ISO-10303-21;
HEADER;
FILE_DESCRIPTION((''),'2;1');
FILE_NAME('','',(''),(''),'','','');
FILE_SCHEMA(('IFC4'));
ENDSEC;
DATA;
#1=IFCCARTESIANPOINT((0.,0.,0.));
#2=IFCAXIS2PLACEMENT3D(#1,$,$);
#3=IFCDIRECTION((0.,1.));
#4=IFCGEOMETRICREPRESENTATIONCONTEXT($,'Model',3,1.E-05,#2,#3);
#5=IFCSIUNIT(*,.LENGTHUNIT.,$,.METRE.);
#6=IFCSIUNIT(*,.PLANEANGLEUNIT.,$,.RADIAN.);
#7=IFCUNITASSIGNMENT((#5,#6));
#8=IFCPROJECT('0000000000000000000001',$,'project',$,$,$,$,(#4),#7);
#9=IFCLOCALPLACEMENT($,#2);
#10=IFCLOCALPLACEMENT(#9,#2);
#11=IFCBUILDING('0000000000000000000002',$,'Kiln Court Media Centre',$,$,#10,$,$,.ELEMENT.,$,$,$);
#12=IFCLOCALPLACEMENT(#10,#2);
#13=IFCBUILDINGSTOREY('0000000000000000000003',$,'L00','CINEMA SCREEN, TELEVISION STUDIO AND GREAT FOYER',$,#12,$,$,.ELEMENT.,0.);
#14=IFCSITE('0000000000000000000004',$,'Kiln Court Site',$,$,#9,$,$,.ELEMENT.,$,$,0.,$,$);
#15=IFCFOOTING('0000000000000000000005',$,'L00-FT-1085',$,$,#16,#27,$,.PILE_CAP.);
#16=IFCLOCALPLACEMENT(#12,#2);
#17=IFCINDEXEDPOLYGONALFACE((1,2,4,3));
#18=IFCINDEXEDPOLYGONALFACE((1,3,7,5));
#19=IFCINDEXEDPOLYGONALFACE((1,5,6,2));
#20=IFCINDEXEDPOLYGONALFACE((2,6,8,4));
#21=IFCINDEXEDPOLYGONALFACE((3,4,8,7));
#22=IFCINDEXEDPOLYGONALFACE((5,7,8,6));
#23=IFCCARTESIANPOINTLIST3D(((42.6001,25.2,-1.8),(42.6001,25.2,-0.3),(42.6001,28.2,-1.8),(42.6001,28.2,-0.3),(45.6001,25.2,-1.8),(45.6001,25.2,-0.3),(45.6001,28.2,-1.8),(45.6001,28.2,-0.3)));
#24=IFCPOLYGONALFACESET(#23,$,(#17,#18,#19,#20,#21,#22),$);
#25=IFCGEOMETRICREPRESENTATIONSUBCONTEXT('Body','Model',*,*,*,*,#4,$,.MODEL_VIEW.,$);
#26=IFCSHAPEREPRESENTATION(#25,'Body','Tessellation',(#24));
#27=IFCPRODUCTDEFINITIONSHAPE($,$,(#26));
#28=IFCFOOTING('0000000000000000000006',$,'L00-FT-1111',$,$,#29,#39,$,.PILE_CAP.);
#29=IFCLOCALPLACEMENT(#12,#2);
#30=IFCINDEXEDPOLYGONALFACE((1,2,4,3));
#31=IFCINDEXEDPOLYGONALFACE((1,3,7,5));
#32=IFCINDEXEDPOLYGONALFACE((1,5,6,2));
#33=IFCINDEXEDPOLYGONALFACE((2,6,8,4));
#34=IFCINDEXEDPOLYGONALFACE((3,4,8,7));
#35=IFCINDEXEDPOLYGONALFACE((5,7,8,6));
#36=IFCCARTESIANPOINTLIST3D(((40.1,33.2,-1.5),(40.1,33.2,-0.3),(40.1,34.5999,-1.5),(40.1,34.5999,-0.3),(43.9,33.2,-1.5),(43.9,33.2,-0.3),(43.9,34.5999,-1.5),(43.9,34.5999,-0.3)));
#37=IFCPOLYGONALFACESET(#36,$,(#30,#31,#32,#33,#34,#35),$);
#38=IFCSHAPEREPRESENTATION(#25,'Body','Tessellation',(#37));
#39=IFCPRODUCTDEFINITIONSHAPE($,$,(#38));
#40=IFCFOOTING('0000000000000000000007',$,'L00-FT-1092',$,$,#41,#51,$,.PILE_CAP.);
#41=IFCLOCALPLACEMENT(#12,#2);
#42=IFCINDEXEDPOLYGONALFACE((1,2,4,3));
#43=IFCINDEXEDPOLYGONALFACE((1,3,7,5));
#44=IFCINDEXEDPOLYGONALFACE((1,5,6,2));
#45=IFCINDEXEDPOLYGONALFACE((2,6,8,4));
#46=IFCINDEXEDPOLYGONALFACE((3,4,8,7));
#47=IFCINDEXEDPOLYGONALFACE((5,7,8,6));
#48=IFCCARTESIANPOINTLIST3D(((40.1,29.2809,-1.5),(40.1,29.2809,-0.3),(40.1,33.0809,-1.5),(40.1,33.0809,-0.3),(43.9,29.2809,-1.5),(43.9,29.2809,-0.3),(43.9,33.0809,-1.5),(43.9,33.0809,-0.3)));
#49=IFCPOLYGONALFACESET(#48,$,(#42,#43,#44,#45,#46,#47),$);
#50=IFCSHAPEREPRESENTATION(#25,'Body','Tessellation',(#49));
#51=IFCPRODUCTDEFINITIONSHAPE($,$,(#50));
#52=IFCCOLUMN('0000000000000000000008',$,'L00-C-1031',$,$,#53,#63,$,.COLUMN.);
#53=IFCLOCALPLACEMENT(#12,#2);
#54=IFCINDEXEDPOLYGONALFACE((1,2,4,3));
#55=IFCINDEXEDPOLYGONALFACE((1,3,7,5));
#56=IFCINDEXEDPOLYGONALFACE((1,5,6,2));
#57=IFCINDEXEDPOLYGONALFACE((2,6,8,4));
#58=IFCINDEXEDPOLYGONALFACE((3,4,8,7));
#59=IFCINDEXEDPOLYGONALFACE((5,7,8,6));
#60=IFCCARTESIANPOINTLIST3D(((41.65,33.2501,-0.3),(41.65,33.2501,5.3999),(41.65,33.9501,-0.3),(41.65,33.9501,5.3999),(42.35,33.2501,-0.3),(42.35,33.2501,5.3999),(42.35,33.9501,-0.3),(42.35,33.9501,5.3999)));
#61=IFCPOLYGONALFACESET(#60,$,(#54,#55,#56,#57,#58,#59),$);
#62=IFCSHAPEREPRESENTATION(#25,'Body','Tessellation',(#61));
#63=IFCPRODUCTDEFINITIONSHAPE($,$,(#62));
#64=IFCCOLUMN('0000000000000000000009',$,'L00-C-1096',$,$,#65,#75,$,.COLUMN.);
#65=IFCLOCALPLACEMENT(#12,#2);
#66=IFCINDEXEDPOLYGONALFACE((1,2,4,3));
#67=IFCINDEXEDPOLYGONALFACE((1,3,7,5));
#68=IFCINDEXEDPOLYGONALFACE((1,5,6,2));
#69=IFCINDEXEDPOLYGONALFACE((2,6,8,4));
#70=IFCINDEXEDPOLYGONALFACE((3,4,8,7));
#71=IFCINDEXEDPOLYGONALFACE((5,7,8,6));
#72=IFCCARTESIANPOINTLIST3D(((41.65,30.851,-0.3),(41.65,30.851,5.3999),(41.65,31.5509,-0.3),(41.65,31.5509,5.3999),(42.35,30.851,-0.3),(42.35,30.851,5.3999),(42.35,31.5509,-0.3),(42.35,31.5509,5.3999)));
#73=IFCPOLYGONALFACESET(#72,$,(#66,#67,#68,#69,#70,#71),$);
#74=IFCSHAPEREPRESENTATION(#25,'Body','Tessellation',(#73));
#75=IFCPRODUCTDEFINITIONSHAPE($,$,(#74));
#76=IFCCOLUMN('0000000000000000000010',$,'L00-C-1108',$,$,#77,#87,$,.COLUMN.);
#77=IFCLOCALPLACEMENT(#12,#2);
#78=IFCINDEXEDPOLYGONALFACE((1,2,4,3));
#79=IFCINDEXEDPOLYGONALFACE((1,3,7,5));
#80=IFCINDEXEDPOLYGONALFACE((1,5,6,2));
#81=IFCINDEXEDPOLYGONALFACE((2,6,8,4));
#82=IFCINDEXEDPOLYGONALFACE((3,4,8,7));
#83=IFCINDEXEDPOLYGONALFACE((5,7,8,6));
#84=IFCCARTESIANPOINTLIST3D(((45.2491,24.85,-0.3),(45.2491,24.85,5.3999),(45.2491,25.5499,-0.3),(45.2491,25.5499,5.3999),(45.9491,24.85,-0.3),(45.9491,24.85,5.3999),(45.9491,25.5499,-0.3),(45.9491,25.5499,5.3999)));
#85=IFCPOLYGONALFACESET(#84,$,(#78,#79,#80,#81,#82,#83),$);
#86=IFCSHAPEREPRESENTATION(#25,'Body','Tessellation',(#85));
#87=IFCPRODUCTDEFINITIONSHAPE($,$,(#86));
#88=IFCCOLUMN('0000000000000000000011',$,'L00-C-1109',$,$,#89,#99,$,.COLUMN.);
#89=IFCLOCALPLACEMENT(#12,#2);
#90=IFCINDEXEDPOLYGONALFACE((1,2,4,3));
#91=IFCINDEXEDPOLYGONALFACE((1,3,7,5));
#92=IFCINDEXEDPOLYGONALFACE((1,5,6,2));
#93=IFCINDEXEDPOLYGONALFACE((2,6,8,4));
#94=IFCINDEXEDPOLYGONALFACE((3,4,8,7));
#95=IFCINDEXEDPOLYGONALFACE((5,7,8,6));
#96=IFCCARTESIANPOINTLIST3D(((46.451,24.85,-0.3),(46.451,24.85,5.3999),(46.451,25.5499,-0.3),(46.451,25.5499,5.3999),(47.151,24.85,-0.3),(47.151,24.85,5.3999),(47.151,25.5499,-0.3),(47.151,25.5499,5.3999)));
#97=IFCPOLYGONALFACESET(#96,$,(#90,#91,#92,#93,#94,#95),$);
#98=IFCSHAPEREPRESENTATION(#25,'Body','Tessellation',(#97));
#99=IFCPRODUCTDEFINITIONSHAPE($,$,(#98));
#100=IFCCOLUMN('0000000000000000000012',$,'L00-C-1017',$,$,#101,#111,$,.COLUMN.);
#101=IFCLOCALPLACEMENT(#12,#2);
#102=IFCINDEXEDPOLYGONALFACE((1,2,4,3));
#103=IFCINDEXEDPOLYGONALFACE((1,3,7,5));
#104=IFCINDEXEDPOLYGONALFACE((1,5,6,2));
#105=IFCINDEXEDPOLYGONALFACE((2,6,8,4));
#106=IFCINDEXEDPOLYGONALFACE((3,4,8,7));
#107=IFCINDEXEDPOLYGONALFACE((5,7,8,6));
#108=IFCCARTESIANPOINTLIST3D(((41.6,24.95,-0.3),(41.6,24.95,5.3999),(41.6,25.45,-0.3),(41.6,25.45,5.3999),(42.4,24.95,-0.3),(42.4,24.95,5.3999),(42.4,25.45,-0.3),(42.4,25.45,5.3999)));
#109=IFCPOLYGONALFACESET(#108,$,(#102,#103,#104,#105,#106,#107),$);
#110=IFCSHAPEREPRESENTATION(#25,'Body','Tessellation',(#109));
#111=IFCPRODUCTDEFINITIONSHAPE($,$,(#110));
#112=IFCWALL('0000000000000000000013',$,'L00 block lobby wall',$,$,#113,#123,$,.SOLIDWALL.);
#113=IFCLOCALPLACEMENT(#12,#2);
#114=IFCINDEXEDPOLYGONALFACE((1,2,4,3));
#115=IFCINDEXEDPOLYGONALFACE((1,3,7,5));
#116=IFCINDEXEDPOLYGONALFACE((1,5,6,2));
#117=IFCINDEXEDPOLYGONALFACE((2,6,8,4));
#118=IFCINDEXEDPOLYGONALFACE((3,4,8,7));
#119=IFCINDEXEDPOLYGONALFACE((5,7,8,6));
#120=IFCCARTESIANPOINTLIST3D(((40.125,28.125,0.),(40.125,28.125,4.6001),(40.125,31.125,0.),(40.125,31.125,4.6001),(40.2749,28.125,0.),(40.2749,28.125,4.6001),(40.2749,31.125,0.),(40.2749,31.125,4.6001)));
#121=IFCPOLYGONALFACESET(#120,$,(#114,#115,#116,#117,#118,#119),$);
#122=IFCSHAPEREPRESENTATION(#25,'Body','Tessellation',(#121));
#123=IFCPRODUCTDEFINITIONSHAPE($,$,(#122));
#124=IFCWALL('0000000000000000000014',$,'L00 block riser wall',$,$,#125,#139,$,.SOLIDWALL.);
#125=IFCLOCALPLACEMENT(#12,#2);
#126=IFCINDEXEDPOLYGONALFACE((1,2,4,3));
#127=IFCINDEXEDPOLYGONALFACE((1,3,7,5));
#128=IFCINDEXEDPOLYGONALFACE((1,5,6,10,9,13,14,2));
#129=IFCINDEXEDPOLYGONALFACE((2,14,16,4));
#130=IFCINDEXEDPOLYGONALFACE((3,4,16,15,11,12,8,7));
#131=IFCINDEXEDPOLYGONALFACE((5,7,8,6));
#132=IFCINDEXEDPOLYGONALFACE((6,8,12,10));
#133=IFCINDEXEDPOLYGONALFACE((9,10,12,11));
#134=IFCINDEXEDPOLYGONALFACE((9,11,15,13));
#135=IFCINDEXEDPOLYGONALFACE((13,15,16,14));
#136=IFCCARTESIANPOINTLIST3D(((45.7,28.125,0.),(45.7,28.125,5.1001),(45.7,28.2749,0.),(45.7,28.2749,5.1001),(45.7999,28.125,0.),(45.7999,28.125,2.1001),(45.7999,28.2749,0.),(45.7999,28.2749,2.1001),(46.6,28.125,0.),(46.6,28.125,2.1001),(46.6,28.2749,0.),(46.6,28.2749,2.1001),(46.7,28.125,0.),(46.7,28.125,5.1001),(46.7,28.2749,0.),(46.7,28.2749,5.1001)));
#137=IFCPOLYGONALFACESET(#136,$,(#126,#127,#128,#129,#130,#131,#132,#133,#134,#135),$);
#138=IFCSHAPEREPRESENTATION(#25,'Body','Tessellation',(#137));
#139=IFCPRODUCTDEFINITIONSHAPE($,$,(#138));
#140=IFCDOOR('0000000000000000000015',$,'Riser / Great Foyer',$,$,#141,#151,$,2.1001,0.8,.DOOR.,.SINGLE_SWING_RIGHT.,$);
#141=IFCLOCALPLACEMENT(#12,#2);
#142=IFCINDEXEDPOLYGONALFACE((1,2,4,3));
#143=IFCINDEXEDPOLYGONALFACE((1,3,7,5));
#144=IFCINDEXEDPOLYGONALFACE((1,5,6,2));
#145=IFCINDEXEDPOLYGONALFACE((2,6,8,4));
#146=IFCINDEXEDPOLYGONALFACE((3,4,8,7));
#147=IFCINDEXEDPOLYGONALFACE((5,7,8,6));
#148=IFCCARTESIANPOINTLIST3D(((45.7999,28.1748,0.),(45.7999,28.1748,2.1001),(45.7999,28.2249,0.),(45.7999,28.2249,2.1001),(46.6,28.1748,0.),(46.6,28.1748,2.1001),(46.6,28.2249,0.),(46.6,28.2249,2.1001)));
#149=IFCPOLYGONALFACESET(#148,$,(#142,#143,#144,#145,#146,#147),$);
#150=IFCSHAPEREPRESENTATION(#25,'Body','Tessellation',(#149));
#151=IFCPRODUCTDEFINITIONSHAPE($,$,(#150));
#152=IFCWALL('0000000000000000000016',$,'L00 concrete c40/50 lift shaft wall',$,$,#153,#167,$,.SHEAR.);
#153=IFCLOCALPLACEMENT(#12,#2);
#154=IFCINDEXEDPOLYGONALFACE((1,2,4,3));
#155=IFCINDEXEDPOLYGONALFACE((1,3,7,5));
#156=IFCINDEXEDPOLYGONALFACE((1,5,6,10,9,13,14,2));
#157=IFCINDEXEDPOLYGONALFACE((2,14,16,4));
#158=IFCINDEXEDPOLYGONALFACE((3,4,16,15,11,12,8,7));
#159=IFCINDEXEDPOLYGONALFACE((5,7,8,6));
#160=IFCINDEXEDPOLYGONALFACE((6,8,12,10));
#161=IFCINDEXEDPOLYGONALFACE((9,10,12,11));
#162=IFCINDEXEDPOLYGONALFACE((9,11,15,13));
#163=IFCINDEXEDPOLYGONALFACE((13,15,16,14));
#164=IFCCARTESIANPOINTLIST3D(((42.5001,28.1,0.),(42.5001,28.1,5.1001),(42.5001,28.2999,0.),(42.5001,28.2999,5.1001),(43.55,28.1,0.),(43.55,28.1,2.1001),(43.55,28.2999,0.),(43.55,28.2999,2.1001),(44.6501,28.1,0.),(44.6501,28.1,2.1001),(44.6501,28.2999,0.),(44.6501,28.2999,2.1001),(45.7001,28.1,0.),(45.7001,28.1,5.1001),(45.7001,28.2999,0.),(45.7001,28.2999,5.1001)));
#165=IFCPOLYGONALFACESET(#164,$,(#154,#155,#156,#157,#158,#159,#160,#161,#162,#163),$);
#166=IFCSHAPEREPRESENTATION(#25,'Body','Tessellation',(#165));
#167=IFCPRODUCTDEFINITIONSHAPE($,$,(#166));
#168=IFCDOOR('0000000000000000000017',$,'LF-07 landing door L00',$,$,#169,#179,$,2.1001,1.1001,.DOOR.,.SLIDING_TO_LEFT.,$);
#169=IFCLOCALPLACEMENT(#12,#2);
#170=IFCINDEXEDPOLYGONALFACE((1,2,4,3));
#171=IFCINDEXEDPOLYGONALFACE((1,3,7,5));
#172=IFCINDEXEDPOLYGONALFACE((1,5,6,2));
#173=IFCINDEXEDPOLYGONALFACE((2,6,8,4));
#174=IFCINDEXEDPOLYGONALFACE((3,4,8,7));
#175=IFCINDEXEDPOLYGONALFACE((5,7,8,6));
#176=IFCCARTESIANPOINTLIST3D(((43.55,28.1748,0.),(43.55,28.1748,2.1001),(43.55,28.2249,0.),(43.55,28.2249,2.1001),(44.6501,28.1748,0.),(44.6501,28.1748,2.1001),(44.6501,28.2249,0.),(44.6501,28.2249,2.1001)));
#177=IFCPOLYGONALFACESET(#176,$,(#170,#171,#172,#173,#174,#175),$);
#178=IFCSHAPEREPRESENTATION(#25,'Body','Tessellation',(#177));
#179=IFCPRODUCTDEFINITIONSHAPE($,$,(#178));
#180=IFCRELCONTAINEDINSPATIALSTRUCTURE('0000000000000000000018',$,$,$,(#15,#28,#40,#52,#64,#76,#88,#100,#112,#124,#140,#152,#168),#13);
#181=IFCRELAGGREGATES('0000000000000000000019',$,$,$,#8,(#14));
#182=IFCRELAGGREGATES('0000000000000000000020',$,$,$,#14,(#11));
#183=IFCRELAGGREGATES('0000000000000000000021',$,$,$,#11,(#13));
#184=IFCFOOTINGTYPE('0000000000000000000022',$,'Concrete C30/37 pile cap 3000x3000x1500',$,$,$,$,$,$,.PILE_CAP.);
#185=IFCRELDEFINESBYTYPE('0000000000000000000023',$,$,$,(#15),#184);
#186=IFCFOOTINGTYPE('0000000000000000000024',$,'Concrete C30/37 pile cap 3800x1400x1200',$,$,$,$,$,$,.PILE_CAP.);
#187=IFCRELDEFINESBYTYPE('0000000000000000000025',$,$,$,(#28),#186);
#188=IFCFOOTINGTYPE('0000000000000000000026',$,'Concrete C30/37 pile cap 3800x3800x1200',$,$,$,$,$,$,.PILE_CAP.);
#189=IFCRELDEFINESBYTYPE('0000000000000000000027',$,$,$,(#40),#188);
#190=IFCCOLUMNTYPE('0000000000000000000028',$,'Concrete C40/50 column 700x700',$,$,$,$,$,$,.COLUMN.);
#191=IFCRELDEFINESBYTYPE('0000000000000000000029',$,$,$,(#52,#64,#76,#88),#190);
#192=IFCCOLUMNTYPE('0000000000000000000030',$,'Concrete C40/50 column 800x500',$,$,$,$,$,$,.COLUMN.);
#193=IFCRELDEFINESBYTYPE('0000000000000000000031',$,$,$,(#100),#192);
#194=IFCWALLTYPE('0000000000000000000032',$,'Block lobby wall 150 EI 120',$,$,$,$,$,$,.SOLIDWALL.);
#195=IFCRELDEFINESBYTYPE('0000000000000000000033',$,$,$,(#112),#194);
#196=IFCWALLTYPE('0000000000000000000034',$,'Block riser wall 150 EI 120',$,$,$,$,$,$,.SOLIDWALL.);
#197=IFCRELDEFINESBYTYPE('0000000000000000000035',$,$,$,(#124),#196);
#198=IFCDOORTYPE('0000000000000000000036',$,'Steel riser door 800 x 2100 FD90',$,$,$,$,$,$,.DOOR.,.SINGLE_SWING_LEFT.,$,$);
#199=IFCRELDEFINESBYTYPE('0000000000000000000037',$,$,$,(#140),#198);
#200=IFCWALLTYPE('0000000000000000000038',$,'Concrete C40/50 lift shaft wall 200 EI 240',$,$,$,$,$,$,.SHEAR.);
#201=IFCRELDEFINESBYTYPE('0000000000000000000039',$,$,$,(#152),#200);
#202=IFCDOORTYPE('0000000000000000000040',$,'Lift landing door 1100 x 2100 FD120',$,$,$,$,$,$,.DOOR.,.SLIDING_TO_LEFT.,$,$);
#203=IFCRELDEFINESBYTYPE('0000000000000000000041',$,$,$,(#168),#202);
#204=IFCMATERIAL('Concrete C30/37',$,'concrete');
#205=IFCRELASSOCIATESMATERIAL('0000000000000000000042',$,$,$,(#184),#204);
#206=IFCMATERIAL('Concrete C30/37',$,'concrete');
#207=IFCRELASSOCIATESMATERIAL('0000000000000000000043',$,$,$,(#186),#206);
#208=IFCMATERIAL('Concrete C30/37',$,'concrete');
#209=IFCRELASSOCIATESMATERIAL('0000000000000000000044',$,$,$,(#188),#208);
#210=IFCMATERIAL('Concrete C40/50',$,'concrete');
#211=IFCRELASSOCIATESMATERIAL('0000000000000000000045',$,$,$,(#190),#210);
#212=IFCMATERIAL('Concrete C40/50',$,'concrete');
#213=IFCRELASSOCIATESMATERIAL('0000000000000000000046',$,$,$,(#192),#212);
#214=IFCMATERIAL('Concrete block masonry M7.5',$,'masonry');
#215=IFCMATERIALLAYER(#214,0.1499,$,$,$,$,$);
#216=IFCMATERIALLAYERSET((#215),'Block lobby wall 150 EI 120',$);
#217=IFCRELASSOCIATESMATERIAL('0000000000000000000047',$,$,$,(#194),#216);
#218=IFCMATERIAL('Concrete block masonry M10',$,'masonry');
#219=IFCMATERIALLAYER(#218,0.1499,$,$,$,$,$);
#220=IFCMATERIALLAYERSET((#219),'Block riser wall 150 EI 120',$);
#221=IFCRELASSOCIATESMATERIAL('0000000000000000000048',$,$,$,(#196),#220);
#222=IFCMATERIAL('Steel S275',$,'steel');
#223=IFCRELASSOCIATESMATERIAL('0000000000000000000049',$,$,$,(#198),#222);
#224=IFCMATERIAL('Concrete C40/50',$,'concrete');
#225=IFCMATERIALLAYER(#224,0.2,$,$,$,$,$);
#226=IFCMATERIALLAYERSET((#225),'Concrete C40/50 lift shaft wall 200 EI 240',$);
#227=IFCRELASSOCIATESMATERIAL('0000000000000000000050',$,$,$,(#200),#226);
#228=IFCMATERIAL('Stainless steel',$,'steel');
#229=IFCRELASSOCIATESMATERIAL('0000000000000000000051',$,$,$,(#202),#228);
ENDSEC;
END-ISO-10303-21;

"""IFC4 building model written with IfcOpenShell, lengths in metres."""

from ifc_helpers import new_model, si_unit, direction, frame, frame_2d, origin, origin_2d, place, context, subcontext, project, spatial, rectangle, extrude, material, layer, layer_set, material_profile, profile_set, type_object, element, fill, save


model = new_model("IFC4")

# Units and contexts
model_context = context("Model", 3, precision=1e-05, world=origin(), true_north=direction((0.0, 1.0)))
body_context = subcontext(model_context, "Body", "Model", "MODEL_VIEW")
ifc_project = project(units=[si_unit("LENGTHUNIT", "METRE"), si_unit("PLANEANGLEUNIT", "RADIAN")], contexts=[model_context])

# Site, building, storey
site_placement = place(None, origin())
site = spatial("IfcSite", under=ifc_project, at=site_placement, Name="Kiln Court Site", CompositionType="ELEMENT", RefElevation=0.0)
building_placement = place(site_placement, origin())
building = spatial("IfcBuilding", under=site, at=building_placement, Name="Kiln Court Media Centre", CompositionType="ELEMENT")
storey_placement = place(building_placement, origin())
storey = spatial("IfcBuildingStorey", under=building, at=storey_placement, Name="L00", Description="CINEMA SCREEN, TELEVISION STUDIO AND GREAT FOYER", CompositionType="ELEMENT", Elevation=0.0)

# Footings
ifc_material_1 = material(Name="Concrete C30/37", Category="concrete")
footing_type_1 = type_object("IfcFootingType", Name="Concrete C30/37 pile cap 3000x3000x1500", PredefinedType="PILE_CAP", material=ifc_material_1)
footing_1_placement = place(storey_placement, frame((44.1001, 26.7, -1.8), z_axis=(0.0, 0.0, 1.0), x_axis=(1.0, 0.0, 0.0)))
element("IfcFooting", 1, at=footing_1_placement, inside=storey, type_object=footing_type_1, Name="L00-FT-1085", PredefinedType="PILE_CAP", context=body_context, shape_type="SweptSolid", body=[
    extrude(rectangle(XDim=3.0, YDim=3.0, at=origin_2d()), origin(), (0.0, 0.0, 1.0), 1.5),
])
ifc_material_2 = material(Name="Concrete C30/37", Category="concrete")
footing_type_2 = type_object("IfcFootingType", Name="Concrete C30/37 pile cap 3800x1400x1200", PredefinedType="PILE_CAP", material=ifc_material_2)
footing_2_placement = place(storey_placement, frame((42.0, 33.8999, -1.5), z_axis=(0.0, 0.0, 1.0), x_axis=(1.0, 0.0, 0.0)))
element("IfcFooting", 2, at=footing_2_placement, inside=storey, type_object=footing_type_2, Name="L00-FT-1111", PredefinedType="PILE_CAP", context=body_context, shape_type="SweptSolid", body=[
    extrude(rectangle(XDim=3.8, YDim=1.3999, at=origin_2d()), origin(), (0.0, 0.0, 1.0), 1.2),
])
ifc_material_3 = material(Name="Concrete C30/37", Category="concrete")
footing_type_3 = type_object("IfcFootingType", Name="Concrete C30/37 pile cap 3800x3800x1200", PredefinedType="PILE_CAP", material=ifc_material_3)
footing_3_placement = place(storey_placement, frame((42.0, 31.1809, -1.5), z_axis=(0.0, 0.0, 1.0), x_axis=(1.0, 0.0, 0.0)))
element("IfcFooting", 3, at=footing_3_placement, inside=storey, type_object=footing_type_3, Name="L00-FT-1092", PredefinedType="PILE_CAP", context=body_context, shape_type="SweptSolid", body=[
    extrude(rectangle(XDim=3.8, YDim=3.8, at=origin_2d()), origin(), (0.0, 0.0, 1.0), 1.2),
])

# Columns
ifc_material_4 = material(Name="Concrete C40/50", Category="concrete")
ifc_material_profile_1 = material_profile(ifc_material_4, rectangle(XDim=0.7, YDim=0.7, at=origin_2d()), Name="RC 700x700")
ifc_profile_set_1 = profile_set([ifc_material_profile_1], Name="Concrete C40/50")
column_type_1 = type_object("IfcColumnType", Name="Concrete C40/50 column 700x700", PredefinedType="COLUMN", material=ifc_profile_set_1)
for number, where, z_axis, x_axis, name in (
    (4, (42.0, 33.6001, -0.3), (0.0, 0.0, 1.0), (1.0, 0.0, 0.0), "L00-C-1031"),
    (5, (42.0, 31.2009, -0.3), (0.0, 0.0, 1.0), (1.0, 0.0, 0.0), "L00-C-1096"),
    (6, (45.5991, 25.2, -0.3), (0.0, 0.0, 1.0), (1.0, 0.0, 0.0), "L00-C-1108"),
    (7, (46.801, 25.2, -0.3), (0.0, 0.0, 1.0), (1.0, 0.0, 0.0), "L00-C-1109"),
):
    element("IfcColumn", number, at=place(storey_placement, frame(where, z_axis=z_axis, x_axis=x_axis)), inside=storey, type_object=column_type_1, Name=name, PredefinedType="COLUMN", context=body_context, shape_type="SweptSolid", body=[
        extrude(rectangle(XDim=0.7, YDim=0.7, at=origin_2d()), origin(), (0.0, 0.0, 1.0), 5.7),
    ])
ifc_material_5 = material(Name="Concrete C40/50", Category="concrete")
ifc_material_profile_2 = material_profile(ifc_material_5, rectangle(XDim=0.8, YDim=0.5, at=origin_2d()), Name="RC 800x500")
ifc_profile_set_2 = profile_set([ifc_material_profile_2], Name="Concrete C40/50")
column_type_2 = type_object("IfcColumnType", Name="Concrete C40/50 column 800x500", PredefinedType="COLUMN", material=ifc_profile_set_2)
column_placement = place(storey_placement, frame((42.0, 25.2, -0.3), z_axis=(0.0, 0.0, 1.0), x_axis=(1.0, 0.0, 0.0)))
element("IfcColumn", 8, at=column_placement, inside=storey, type_object=column_type_2, Name="L00-C-1017", PredefinedType="COLUMN", context=body_context, shape_type="SweptSolid", body=[
    extrude(rectangle(XDim=0.8, YDim=0.5, at=origin_2d()), origin(), (0.0, 0.0, 1.0), 5.7),
])

# Wall
ifc_material_6 = material(Name="Concrete block masonry M7.5", Category="masonry")
ifc_layer_1 = layer(ifc_material_6, 0.1499)
ifc_layer_set_1 = layer_set([ifc_layer_1], Name="Block lobby wall 150 EI 120")
wall_type_1 = type_object("IfcWallType", Name="Block lobby wall 150 EI 120", PredefinedType="SOLIDWALL", material=ifc_layer_set_1)
wall_1_placement = place(storey_placement, frame((40.2, 28.125, 0.0), z_axis=(0.0, 0.0, 1.0), x_axis=(0.0, 1.0, 0.0)))
element("IfcWall", 9, at=wall_1_placement, inside=storey, type_object=wall_type_1, Name="L00 block lobby wall", PredefinedType="SOLIDWALL", context=body_context, shape_type="SweptSolid", body=[
    extrude(rectangle(XDim=3.0, YDim=0.1499, at=frame_2d((1.5, 0.0))), origin(), (0.0, 0.0, 1.0), 4.6001),
])

# Walls, openings, doors
ifc_material_7 = material(Name="Concrete block masonry M10", Category="masonry")
ifc_layer_2 = layer(ifc_material_7, 0.1499)
ifc_layer_set_2 = layer_set([ifc_layer_2], Name="Block riser wall 150 EI 120")
wall_type_2 = type_object("IfcWallType", Name="Block riser wall 150 EI 120", PredefinedType="SOLIDWALL", material=ifc_layer_set_2)
wall_2_placement = place(storey_placement, frame((45.7, 28.2, 0.0), z_axis=(0.0, 0.0, 1.0), x_axis=(1.0, 0.0, 0.0)))
wall_2 = element("IfcWall", 10, at=wall_2_placement, inside=storey, type_object=wall_type_2, Name="L00 block riser wall", PredefinedType="SOLIDWALL", context=body_context, shape_type="SweptSolid", body=[
    extrude(rectangle(XDim=1.0, YDim=0.1499, at=frame_2d((0.5, 0.0))), origin(), (0.0, 0.0, 1.0), 5.1001),
])
opening_1_placement = place(wall_2_placement, frame((0.1001, 0.0, 0.0)))
opening_1 = element("IfcOpeningElement", 11, at=opening_1_placement, cuts=wall_2, PredefinedType="OPENING", context=body_context, shape_type="SweptSolid", body=[
    extrude(rectangle(XDim=0.8, YDim=2.1001, at=frame_2d((0.3999, 1.05))), frame((0.0, 0.085, 0.0), z_axis=(0.0, -1.0, 0.0), x_axis=(1.0, 0.0, 0.0)), (0.0, 0.0, 1.0), 0.1699),
])
ifc_material_8 = material(Name="Steel S275", Category="steel")
door_type_1 = type_object("IfcDoorType", Name="Steel riser door 800 x 2100 FD90", OperationType="SINGLE_SWING_LEFT", PredefinedType="DOOR", material=ifc_material_8)
door_1_placement = place(opening_1_placement, origin())
door_1 = element("IfcDoor", 12, at=door_1_placement, inside=storey, type_object=door_type_1, Name="Riser / Great Foyer", OperationType="SINGLE_SWING_RIGHT", OverallHeight=2.1001, OverallWidth=0.8, PredefinedType="DOOR", context=body_context, shape_type="SweptSolid", body=[
    extrude(rectangle(XDim=0.8, YDim=2.1001, at=frame_2d((0.3999, 1.05))), frame((0.0, 0.0249, 0.0), z_axis=(0.0, -1.0, 0.0), x_axis=(1.0, 0.0, 0.0)), (0.0, 0.0, 1.0), 0.05),
])
fill(opening_1, door_1)
ifc_material_9 = material(Name="Concrete C40/50", Category="concrete")
ifc_layer_3 = layer(ifc_material_9, 0.2)
ifc_layer_set_3 = layer_set([ifc_layer_3], Name="Concrete C40/50 lift shaft wall 200 EI 240")
wall_type_3 = type_object("IfcWallType", Name="Concrete C40/50 lift shaft wall 200 EI 240", PredefinedType="SHEAR", material=ifc_layer_set_3)
wall_3_placement = place(storey_placement, frame((42.5, 28.2, 0.0), z_axis=(0.0, 0.0, 1.0), x_axis=(1.0, 0.0, 0.0)))
wall_3 = element("IfcWall", 13, at=wall_3_placement, inside=storey, type_object=wall_type_3, Name="L00 concrete c40/50 lift shaft wall", PredefinedType="SHEAR", context=body_context, shape_type="SweptSolid", body=[
    extrude(rectangle(XDim=3.2, YDim=0.2, at=frame_2d((1.6001, 0.0))), origin(), (0.0, 0.0, 1.0), 5.1001),
])
opening_2_placement = place(wall_3_placement, frame((1.05, 0.0, 0.0)))
opening_2 = element("IfcOpeningElement", 14, at=opening_2_placement, cuts=wall_3, PredefinedType="OPENING", context=body_context, shape_type="SweptSolid", body=[
    extrude(rectangle(XDim=1.1001, YDim=2.1001, at=frame_2d((0.55, 1.05))), frame((0.0, 0.1099, 0.0), z_axis=(0.0, -1.0, 0.0), x_axis=(1.0, 0.0, 0.0)), (0.0, 0.0, 1.0), 0.22),
])
ifc_material_10 = material(Name="Stainless steel", Category="steel")
door_type_2 = type_object("IfcDoorType", Name="Lift landing door 1100 x 2100 FD120", OperationType="SLIDING_TO_LEFT", PredefinedType="DOOR", material=ifc_material_10)
door_2_placement = place(opening_2_placement, origin())
door_2 = element("IfcDoor", 15, at=door_2_placement, inside=storey, type_object=door_type_2, Name="LF-07 landing door L00", OperationType="SLIDING_TO_LEFT", OverallHeight=2.1001, OverallWidth=1.1001, PredefinedType="DOOR", context=body_context, shape_type="SweptSolid", body=[
    extrude(rectangle(XDim=1.1001, YDim=2.1001, at=frame_2d((0.55, 1.05))), frame((0.0, 0.0249, 0.0), z_axis=(0.0, -1.0, 0.0), x_axis=(1.0, 0.0, 0.0)), (0.0, 0.0, 1.0), 0.05),
])
fill(opening_2, door_2)

save(model, "model.ifc")
